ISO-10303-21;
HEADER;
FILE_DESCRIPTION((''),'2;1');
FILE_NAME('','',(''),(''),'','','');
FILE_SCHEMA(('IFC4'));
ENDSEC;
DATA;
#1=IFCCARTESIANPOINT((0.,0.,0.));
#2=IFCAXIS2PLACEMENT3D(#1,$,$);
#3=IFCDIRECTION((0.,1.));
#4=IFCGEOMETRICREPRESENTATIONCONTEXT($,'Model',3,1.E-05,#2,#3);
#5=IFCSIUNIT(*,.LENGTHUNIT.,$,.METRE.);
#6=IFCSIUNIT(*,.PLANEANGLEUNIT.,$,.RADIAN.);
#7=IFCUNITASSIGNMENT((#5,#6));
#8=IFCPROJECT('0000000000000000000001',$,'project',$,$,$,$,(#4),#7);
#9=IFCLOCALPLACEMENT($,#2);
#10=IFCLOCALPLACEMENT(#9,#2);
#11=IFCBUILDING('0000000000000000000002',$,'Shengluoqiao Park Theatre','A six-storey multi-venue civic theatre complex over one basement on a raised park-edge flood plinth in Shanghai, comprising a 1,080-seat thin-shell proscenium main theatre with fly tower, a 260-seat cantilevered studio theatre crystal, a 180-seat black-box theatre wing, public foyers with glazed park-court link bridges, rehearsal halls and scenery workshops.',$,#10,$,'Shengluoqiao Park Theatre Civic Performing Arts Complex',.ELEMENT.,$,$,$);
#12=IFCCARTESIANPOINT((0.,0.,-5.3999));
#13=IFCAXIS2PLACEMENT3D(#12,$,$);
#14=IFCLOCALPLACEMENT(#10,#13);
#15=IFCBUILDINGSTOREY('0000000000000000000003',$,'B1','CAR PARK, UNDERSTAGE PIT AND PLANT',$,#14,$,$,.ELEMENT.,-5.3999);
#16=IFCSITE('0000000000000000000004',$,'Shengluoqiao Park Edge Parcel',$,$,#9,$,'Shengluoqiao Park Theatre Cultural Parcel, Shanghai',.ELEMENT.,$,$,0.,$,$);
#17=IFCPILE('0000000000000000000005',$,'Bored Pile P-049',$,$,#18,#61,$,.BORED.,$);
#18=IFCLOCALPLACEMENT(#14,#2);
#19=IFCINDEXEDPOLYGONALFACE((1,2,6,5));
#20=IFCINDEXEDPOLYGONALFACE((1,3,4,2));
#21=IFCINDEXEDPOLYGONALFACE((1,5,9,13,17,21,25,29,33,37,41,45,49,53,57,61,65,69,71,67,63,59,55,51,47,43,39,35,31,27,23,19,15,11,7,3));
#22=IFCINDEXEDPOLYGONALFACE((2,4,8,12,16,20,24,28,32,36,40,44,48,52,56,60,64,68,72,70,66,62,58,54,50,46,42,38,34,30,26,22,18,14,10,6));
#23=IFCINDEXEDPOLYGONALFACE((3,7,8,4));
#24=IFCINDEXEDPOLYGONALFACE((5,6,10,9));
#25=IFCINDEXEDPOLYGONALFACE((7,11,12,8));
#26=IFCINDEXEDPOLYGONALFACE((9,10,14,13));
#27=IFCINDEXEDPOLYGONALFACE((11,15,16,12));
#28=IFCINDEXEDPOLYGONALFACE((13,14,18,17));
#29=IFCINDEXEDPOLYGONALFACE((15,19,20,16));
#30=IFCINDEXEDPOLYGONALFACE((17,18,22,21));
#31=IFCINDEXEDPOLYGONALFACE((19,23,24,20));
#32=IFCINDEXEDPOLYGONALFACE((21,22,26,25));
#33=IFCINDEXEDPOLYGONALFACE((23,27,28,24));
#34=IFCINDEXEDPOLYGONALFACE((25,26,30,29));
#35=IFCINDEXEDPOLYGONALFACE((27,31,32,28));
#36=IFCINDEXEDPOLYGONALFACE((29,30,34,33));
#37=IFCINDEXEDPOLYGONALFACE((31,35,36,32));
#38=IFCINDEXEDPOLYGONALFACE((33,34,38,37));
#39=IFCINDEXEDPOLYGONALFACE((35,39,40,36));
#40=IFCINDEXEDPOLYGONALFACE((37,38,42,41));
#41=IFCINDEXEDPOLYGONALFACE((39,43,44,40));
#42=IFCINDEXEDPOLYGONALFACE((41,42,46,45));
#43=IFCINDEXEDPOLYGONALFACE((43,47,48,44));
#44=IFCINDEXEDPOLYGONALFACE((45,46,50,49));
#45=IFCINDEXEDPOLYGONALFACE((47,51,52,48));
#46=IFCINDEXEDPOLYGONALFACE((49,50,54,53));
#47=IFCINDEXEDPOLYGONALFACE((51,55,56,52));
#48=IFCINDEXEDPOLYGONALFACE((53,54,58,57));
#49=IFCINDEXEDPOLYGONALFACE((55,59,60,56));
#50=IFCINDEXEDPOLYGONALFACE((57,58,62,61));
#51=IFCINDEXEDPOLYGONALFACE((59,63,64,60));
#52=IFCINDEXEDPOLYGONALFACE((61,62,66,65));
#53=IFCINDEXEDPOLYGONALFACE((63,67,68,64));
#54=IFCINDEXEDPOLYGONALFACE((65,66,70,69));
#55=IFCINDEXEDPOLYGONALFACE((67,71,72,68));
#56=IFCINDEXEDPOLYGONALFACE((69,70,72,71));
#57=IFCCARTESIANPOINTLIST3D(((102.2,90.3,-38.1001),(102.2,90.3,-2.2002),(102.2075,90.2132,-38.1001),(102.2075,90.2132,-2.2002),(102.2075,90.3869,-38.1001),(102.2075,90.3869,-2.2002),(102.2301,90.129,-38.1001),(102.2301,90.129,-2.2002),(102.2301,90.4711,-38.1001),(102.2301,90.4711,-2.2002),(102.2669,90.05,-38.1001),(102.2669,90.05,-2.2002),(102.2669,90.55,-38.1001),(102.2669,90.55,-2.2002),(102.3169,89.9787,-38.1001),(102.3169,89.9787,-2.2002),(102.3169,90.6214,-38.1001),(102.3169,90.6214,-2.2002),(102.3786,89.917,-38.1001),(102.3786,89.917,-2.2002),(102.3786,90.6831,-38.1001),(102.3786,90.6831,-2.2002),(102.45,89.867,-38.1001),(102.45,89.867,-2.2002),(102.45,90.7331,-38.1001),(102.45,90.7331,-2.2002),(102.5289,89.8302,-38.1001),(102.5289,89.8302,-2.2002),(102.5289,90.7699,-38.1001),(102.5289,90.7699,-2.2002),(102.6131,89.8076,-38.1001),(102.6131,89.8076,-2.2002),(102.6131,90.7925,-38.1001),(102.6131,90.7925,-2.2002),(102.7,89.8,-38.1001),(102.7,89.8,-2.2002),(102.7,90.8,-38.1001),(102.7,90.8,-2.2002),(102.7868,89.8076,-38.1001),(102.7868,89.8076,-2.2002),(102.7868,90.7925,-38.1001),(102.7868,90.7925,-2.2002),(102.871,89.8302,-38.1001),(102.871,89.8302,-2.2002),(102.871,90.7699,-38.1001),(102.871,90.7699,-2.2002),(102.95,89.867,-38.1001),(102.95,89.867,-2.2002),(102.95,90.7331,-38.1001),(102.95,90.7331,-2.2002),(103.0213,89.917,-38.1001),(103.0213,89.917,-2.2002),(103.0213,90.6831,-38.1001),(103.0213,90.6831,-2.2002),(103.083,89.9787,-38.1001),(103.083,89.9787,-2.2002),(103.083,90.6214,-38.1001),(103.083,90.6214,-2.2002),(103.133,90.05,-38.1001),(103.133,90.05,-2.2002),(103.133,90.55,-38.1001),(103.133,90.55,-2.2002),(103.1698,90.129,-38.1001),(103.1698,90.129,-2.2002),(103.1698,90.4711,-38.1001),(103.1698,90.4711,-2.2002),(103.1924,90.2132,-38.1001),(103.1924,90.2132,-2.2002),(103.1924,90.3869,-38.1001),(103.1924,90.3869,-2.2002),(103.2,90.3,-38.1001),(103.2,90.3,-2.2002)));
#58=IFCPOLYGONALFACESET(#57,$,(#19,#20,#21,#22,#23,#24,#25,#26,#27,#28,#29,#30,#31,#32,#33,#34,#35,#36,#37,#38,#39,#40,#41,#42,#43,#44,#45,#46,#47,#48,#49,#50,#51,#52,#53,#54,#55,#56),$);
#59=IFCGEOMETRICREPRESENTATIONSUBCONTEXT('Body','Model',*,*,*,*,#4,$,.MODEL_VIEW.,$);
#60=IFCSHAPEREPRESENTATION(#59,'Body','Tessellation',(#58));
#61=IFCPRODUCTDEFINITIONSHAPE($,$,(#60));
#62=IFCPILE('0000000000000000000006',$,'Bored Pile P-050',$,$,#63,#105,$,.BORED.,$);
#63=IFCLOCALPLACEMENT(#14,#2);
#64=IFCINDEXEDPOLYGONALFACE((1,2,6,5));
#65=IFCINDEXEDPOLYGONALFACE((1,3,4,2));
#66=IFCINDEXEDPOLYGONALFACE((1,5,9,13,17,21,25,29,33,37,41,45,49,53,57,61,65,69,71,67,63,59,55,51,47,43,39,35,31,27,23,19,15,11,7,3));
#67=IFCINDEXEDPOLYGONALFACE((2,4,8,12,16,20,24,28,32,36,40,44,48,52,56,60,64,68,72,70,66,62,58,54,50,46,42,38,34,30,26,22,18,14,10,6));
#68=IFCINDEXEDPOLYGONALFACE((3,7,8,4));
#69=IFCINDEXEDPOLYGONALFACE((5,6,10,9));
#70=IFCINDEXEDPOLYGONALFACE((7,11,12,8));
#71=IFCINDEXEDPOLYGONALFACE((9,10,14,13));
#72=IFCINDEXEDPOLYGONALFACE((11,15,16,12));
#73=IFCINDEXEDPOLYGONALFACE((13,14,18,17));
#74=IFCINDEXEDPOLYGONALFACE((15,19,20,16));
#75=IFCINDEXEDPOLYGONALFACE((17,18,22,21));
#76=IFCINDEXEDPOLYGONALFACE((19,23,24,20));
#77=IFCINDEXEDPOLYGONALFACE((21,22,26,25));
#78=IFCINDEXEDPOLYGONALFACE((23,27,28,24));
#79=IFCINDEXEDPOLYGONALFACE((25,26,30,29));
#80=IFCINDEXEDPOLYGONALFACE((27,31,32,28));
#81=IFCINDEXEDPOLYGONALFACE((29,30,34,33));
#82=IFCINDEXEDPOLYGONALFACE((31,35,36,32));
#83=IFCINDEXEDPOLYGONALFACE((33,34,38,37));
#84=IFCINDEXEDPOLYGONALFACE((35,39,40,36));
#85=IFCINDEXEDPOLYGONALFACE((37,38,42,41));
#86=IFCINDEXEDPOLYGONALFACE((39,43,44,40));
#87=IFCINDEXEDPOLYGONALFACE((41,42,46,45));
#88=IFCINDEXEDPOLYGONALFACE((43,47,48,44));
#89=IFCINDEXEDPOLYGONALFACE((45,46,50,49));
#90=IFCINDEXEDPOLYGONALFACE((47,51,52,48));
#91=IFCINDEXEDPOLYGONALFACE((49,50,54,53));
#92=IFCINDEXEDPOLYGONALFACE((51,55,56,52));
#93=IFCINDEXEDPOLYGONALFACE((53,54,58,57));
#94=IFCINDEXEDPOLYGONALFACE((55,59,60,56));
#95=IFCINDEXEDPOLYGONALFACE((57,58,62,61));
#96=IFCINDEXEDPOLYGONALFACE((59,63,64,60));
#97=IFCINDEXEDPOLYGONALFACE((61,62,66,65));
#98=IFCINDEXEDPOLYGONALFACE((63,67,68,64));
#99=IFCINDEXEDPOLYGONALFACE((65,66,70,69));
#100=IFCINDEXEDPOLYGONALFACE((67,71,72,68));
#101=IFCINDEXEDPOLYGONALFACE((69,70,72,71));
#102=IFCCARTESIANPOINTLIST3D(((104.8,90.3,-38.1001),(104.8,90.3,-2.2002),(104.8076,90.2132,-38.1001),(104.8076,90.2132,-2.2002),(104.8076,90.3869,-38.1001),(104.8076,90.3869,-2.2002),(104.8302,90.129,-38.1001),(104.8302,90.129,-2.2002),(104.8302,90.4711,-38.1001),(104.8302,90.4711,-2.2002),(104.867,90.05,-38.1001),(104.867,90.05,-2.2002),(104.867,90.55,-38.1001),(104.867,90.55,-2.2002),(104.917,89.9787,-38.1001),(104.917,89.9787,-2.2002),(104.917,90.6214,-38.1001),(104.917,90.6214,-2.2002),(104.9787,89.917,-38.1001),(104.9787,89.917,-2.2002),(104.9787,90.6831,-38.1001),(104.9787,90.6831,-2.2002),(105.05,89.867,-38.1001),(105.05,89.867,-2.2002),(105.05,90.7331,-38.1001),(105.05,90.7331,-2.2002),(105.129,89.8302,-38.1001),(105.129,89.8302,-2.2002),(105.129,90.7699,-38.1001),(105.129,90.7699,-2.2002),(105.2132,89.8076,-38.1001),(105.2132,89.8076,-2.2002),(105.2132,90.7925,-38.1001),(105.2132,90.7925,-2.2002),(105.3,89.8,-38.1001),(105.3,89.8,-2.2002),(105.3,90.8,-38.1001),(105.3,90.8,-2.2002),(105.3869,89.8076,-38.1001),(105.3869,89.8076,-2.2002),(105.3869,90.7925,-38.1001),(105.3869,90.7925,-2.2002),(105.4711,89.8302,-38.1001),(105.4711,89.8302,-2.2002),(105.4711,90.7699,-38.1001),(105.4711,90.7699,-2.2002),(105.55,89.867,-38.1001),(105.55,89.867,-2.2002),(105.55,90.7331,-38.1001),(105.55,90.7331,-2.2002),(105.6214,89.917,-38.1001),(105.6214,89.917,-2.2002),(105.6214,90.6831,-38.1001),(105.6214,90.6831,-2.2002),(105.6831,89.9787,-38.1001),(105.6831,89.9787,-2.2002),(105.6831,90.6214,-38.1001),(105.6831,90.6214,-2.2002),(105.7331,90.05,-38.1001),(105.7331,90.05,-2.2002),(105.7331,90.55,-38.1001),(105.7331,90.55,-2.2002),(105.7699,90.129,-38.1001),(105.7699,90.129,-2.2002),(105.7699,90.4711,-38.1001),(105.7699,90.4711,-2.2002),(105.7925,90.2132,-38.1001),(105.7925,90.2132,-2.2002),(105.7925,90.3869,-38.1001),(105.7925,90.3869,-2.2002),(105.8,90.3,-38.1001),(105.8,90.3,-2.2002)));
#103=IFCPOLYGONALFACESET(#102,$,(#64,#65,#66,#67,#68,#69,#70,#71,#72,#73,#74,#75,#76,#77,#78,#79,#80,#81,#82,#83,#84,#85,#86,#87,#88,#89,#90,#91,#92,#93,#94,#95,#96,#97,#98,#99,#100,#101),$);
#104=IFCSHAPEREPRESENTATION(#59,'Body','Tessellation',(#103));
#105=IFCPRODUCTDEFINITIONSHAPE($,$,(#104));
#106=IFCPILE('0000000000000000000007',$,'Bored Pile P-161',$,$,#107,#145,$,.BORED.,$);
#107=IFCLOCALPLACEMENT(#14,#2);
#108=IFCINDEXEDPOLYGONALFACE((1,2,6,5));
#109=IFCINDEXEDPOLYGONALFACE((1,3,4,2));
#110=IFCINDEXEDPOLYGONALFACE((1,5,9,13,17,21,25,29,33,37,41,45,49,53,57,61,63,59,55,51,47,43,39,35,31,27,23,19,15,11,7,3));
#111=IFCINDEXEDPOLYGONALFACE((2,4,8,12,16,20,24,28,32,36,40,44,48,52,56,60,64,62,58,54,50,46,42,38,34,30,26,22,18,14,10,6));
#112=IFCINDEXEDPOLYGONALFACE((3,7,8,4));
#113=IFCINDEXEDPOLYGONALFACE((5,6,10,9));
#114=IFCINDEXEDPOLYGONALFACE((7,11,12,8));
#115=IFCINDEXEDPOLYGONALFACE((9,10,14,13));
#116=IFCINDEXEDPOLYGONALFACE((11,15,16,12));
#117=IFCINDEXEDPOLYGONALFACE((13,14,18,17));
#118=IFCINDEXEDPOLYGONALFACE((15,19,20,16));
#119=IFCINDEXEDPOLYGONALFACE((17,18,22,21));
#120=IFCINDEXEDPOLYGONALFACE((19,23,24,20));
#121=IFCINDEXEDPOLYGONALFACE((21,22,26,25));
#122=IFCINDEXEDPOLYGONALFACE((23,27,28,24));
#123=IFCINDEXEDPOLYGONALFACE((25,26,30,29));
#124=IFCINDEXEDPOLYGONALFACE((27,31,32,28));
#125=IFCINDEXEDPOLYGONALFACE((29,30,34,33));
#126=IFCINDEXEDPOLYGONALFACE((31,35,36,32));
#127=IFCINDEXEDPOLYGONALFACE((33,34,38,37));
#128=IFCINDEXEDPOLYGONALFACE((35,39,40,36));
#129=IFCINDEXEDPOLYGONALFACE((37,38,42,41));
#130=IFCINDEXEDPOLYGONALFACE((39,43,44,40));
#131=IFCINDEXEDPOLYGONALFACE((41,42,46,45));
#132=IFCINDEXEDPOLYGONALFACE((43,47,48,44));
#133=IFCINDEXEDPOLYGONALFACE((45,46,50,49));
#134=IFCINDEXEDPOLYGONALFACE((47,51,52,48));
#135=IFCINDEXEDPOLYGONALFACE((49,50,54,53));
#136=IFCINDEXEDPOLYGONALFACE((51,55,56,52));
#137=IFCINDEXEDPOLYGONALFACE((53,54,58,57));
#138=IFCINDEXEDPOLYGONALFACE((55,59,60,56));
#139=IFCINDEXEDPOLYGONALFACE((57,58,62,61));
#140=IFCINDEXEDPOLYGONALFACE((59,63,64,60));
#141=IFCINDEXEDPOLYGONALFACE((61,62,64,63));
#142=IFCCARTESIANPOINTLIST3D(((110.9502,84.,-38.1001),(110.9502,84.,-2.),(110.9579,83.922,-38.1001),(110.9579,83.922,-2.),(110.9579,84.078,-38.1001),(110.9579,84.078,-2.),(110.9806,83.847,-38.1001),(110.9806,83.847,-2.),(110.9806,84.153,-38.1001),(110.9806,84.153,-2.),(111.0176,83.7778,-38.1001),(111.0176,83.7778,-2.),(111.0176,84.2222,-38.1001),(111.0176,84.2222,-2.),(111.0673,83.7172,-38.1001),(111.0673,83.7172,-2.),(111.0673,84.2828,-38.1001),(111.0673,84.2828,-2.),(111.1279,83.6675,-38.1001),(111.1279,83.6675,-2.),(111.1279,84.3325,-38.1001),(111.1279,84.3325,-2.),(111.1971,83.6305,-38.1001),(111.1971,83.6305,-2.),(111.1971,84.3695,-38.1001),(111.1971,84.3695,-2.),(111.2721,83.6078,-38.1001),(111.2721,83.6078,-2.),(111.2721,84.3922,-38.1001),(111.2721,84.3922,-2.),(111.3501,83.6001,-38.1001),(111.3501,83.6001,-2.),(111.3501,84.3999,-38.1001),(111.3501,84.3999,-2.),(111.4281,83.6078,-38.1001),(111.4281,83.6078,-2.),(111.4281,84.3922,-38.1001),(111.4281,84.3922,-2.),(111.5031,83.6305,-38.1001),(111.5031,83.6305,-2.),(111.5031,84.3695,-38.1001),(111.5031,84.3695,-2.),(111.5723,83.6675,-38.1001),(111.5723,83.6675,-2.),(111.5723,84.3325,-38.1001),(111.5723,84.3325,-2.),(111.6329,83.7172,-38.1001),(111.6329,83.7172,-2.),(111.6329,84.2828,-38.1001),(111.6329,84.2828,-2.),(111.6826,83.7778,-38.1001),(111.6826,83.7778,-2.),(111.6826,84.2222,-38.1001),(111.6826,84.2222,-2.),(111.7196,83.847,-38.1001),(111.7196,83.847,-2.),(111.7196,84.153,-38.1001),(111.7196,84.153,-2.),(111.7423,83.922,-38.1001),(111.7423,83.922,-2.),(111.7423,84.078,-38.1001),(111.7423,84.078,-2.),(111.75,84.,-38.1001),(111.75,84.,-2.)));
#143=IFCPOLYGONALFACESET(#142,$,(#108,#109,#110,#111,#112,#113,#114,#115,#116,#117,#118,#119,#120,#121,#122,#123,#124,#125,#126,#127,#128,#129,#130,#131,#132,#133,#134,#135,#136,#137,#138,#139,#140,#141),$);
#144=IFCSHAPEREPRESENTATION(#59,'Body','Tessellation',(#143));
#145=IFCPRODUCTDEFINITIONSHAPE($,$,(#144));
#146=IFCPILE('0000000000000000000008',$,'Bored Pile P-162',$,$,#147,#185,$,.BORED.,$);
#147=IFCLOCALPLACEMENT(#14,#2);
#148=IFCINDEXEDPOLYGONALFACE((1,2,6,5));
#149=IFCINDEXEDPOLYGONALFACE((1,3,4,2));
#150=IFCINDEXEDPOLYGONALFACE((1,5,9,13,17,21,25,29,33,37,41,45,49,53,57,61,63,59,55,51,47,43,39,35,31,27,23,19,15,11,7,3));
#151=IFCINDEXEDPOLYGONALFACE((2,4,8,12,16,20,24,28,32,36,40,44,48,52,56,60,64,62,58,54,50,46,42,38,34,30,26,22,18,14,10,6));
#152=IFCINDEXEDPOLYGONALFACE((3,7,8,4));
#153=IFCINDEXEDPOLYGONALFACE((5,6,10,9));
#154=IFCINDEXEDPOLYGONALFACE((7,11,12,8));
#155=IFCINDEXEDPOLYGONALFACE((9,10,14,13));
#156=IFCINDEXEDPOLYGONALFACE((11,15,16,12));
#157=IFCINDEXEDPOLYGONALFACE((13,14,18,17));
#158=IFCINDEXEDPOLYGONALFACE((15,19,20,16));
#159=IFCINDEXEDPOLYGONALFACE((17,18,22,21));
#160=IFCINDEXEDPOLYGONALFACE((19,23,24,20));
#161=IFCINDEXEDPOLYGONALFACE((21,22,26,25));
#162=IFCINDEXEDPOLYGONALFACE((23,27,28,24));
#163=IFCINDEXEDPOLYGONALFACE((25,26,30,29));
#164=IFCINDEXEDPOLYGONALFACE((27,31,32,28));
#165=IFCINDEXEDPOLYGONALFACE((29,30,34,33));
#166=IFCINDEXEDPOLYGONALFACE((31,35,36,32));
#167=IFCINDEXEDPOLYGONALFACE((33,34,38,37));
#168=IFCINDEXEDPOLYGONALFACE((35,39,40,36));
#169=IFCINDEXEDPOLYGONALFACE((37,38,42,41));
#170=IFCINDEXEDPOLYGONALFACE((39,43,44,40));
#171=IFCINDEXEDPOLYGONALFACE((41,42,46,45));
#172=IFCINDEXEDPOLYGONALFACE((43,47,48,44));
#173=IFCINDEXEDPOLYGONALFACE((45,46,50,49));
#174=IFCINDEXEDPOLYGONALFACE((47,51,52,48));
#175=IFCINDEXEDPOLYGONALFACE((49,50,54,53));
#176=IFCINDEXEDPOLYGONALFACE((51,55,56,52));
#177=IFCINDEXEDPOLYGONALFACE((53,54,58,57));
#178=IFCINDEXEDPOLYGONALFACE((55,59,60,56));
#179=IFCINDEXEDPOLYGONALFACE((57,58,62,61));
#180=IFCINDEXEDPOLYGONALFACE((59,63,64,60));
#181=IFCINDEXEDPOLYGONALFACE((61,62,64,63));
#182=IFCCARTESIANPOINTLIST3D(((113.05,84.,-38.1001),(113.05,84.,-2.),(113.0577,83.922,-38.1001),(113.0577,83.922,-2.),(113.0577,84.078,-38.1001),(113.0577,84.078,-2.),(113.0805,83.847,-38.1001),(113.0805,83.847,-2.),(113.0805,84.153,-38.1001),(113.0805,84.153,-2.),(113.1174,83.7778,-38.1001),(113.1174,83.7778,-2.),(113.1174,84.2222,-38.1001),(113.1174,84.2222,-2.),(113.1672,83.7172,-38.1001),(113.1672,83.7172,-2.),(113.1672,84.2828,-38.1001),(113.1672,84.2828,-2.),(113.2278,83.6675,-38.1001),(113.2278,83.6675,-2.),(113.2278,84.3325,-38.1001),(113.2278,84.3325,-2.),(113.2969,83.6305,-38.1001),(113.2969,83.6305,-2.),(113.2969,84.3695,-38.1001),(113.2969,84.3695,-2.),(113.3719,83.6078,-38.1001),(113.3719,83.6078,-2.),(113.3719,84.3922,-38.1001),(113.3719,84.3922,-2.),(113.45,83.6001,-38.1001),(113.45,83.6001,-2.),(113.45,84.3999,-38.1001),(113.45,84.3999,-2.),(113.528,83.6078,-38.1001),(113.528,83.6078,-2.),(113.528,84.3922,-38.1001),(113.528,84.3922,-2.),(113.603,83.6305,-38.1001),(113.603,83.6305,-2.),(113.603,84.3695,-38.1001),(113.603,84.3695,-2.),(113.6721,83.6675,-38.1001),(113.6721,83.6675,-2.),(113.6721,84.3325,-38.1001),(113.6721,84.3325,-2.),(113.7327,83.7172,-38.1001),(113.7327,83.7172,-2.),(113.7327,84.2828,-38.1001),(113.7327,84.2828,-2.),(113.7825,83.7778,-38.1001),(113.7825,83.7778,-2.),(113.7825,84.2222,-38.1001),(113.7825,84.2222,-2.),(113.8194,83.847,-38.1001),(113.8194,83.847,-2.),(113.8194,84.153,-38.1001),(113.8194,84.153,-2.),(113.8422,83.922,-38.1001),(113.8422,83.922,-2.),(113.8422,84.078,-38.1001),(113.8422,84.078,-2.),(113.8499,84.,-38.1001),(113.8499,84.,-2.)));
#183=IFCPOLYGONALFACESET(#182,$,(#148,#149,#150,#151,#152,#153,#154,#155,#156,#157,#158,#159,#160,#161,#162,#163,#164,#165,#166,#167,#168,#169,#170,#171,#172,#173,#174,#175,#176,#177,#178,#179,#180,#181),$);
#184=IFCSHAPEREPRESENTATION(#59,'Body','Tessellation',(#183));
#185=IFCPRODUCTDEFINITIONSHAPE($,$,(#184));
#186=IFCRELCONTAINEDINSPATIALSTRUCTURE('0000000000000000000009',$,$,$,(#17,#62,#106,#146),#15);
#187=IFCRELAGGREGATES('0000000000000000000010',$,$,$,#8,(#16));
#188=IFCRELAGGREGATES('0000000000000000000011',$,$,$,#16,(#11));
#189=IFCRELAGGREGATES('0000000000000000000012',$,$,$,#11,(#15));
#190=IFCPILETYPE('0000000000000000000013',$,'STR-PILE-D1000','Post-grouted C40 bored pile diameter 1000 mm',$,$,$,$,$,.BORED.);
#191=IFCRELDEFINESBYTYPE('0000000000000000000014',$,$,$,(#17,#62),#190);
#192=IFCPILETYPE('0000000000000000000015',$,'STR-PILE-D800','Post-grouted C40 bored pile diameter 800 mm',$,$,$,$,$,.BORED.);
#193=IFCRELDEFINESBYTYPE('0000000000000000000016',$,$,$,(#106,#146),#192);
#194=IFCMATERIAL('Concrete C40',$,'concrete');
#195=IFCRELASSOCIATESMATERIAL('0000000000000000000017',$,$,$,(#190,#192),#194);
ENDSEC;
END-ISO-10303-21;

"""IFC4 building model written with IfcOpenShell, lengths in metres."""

from ifc_helpers import new_model, si_unit, direction, frame, origin, origin_2d, place, context, subcontext, project, spatial, circle, extrude, material, material_profile, profile_set, type_object, element, save


model = new_model("IFC4")

# Units and contexts
model_context = context("Model", 3, precision=1e-05, world=origin(), true_north=direction((0.0, 1.0)))
body_context = subcontext(model_context, "Body", "Model", "MODEL_VIEW")
ifc_project = project(units=[si_unit("LENGTHUNIT", "METRE"), si_unit("PLANEANGLEUNIT", "RADIAN")], contexts=[model_context])

# Site, building, storey
site_placement = place(None, origin())
site = spatial("IfcSite", under=ifc_project, at=site_placement, Name="Shengluoqiao Park Edge Parcel", LongName="Shengluoqiao Park Theatre Cultural Parcel, Shanghai", CompositionType="ELEMENT", RefElevation=0.0)
building_placement = place(site_placement, origin())
building = spatial("IfcBuilding", under=site, at=building_placement, Name="Shengluoqiao Park Theatre", Description="A six-storey multi-venue civic theatre complex over one basement on a raised park-edge flood plinth in Shanghai, comprising a 1,080-seat thin-shell proscenium main theatre with fly tower, a 260-seat cantilevered studio theatre crystal, a 180-seat black-box theatre wing, public foyers with glazed park-court link bridges, rehearsal halls and scenery workshops.", LongName="Shengluoqiao Park Theatre Civic Performing Arts Complex", CompositionType="ELEMENT")
storey_placement = place(building_placement, frame((0.0, 0.0, -5.3999)))
storey = spatial("IfcBuildingStorey", under=building, at=storey_placement, Name="B1", Description="CAR PARK, UNDERSTAGE PIT AND PLANT", CompositionType="ELEMENT", Elevation=-5.3999)

# Shared definitions
ifc_material_1 = material(Name="Concrete C40", Category="concrete")

# Piles
ifc_material_profile_1 = material_profile(ifc_material_1, circle(Radius=0.5, at=origin_2d()), Name="BORED PILE D1000")
ifc_profile_set_1 = profile_set([ifc_material_profile_1], Name="Concrete C40")
pile_type_1 = type_object("IfcPileType", Name="STR-PILE-D1000", Description="Post-grouted C40 bored pile diameter 1000 mm", PredefinedType="BORED", material=ifc_profile_set_1)
for number, where, z_axis, x_axis, name in (
    (1, (102.7, 90.3, -2.2002), (0.0, 0.0, -1.0), (1.0, 0.0, 0.0), "Bored Pile P-049"),
    (2, (105.3, 90.3, -2.2002), (0.0, 0.0, -1.0), (1.0, 0.0, 0.0), "Bored Pile P-050"),
):
    element("IfcPile", number, at=place(storey_placement, frame(where, z_axis=z_axis, x_axis=x_axis)), inside=storey, type_object=pile_type_1, Name=name, PredefinedType="BORED", context=body_context, shape_type="SweptSolid", body=[
        extrude(circle(Radius=0.5, at=origin_2d()), origin(), (0.0, 0.0, 1.0), 35.8999),
    ])
ifc_material_profile_2 = material_profile(ifc_material_1, circle(Radius=0.3999, at=origin_2d()), Name="BORED PILE D800")
ifc_profile_set_2 = profile_set([ifc_material_profile_2], Name="Concrete C40")
pile_type_2 = type_object("IfcPileType", Name="STR-PILE-D800", Description="Post-grouted C40 bored pile diameter 800 mm", PredefinedType="BORED", material=ifc_profile_set_2)
for number, where, z_axis, x_axis, name in (
    (3, (111.3501, 84.0, -2.0), (0.0, 0.0, -1.0), (1.0, 0.0, 0.0), "Bored Pile P-161"),
    (4, (113.45, 84.0, -2.0), (0.0, 0.0, -1.0), (1.0, 0.0, 0.0), "Bored Pile P-162"),
):
    element("IfcPile", number, at=place(storey_placement, frame(where, z_axis=z_axis, x_axis=x_axis)), inside=storey, type_object=pile_type_2, Name=name, PredefinedType="BORED", context=body_context, shape_type="SweptSolid", body=[
        extrude(circle(Radius=0.3999, at=origin_2d()), origin(), (0.0, 0.0, 1.0), 36.1001),
    ])

save(model, "model.ifc")
